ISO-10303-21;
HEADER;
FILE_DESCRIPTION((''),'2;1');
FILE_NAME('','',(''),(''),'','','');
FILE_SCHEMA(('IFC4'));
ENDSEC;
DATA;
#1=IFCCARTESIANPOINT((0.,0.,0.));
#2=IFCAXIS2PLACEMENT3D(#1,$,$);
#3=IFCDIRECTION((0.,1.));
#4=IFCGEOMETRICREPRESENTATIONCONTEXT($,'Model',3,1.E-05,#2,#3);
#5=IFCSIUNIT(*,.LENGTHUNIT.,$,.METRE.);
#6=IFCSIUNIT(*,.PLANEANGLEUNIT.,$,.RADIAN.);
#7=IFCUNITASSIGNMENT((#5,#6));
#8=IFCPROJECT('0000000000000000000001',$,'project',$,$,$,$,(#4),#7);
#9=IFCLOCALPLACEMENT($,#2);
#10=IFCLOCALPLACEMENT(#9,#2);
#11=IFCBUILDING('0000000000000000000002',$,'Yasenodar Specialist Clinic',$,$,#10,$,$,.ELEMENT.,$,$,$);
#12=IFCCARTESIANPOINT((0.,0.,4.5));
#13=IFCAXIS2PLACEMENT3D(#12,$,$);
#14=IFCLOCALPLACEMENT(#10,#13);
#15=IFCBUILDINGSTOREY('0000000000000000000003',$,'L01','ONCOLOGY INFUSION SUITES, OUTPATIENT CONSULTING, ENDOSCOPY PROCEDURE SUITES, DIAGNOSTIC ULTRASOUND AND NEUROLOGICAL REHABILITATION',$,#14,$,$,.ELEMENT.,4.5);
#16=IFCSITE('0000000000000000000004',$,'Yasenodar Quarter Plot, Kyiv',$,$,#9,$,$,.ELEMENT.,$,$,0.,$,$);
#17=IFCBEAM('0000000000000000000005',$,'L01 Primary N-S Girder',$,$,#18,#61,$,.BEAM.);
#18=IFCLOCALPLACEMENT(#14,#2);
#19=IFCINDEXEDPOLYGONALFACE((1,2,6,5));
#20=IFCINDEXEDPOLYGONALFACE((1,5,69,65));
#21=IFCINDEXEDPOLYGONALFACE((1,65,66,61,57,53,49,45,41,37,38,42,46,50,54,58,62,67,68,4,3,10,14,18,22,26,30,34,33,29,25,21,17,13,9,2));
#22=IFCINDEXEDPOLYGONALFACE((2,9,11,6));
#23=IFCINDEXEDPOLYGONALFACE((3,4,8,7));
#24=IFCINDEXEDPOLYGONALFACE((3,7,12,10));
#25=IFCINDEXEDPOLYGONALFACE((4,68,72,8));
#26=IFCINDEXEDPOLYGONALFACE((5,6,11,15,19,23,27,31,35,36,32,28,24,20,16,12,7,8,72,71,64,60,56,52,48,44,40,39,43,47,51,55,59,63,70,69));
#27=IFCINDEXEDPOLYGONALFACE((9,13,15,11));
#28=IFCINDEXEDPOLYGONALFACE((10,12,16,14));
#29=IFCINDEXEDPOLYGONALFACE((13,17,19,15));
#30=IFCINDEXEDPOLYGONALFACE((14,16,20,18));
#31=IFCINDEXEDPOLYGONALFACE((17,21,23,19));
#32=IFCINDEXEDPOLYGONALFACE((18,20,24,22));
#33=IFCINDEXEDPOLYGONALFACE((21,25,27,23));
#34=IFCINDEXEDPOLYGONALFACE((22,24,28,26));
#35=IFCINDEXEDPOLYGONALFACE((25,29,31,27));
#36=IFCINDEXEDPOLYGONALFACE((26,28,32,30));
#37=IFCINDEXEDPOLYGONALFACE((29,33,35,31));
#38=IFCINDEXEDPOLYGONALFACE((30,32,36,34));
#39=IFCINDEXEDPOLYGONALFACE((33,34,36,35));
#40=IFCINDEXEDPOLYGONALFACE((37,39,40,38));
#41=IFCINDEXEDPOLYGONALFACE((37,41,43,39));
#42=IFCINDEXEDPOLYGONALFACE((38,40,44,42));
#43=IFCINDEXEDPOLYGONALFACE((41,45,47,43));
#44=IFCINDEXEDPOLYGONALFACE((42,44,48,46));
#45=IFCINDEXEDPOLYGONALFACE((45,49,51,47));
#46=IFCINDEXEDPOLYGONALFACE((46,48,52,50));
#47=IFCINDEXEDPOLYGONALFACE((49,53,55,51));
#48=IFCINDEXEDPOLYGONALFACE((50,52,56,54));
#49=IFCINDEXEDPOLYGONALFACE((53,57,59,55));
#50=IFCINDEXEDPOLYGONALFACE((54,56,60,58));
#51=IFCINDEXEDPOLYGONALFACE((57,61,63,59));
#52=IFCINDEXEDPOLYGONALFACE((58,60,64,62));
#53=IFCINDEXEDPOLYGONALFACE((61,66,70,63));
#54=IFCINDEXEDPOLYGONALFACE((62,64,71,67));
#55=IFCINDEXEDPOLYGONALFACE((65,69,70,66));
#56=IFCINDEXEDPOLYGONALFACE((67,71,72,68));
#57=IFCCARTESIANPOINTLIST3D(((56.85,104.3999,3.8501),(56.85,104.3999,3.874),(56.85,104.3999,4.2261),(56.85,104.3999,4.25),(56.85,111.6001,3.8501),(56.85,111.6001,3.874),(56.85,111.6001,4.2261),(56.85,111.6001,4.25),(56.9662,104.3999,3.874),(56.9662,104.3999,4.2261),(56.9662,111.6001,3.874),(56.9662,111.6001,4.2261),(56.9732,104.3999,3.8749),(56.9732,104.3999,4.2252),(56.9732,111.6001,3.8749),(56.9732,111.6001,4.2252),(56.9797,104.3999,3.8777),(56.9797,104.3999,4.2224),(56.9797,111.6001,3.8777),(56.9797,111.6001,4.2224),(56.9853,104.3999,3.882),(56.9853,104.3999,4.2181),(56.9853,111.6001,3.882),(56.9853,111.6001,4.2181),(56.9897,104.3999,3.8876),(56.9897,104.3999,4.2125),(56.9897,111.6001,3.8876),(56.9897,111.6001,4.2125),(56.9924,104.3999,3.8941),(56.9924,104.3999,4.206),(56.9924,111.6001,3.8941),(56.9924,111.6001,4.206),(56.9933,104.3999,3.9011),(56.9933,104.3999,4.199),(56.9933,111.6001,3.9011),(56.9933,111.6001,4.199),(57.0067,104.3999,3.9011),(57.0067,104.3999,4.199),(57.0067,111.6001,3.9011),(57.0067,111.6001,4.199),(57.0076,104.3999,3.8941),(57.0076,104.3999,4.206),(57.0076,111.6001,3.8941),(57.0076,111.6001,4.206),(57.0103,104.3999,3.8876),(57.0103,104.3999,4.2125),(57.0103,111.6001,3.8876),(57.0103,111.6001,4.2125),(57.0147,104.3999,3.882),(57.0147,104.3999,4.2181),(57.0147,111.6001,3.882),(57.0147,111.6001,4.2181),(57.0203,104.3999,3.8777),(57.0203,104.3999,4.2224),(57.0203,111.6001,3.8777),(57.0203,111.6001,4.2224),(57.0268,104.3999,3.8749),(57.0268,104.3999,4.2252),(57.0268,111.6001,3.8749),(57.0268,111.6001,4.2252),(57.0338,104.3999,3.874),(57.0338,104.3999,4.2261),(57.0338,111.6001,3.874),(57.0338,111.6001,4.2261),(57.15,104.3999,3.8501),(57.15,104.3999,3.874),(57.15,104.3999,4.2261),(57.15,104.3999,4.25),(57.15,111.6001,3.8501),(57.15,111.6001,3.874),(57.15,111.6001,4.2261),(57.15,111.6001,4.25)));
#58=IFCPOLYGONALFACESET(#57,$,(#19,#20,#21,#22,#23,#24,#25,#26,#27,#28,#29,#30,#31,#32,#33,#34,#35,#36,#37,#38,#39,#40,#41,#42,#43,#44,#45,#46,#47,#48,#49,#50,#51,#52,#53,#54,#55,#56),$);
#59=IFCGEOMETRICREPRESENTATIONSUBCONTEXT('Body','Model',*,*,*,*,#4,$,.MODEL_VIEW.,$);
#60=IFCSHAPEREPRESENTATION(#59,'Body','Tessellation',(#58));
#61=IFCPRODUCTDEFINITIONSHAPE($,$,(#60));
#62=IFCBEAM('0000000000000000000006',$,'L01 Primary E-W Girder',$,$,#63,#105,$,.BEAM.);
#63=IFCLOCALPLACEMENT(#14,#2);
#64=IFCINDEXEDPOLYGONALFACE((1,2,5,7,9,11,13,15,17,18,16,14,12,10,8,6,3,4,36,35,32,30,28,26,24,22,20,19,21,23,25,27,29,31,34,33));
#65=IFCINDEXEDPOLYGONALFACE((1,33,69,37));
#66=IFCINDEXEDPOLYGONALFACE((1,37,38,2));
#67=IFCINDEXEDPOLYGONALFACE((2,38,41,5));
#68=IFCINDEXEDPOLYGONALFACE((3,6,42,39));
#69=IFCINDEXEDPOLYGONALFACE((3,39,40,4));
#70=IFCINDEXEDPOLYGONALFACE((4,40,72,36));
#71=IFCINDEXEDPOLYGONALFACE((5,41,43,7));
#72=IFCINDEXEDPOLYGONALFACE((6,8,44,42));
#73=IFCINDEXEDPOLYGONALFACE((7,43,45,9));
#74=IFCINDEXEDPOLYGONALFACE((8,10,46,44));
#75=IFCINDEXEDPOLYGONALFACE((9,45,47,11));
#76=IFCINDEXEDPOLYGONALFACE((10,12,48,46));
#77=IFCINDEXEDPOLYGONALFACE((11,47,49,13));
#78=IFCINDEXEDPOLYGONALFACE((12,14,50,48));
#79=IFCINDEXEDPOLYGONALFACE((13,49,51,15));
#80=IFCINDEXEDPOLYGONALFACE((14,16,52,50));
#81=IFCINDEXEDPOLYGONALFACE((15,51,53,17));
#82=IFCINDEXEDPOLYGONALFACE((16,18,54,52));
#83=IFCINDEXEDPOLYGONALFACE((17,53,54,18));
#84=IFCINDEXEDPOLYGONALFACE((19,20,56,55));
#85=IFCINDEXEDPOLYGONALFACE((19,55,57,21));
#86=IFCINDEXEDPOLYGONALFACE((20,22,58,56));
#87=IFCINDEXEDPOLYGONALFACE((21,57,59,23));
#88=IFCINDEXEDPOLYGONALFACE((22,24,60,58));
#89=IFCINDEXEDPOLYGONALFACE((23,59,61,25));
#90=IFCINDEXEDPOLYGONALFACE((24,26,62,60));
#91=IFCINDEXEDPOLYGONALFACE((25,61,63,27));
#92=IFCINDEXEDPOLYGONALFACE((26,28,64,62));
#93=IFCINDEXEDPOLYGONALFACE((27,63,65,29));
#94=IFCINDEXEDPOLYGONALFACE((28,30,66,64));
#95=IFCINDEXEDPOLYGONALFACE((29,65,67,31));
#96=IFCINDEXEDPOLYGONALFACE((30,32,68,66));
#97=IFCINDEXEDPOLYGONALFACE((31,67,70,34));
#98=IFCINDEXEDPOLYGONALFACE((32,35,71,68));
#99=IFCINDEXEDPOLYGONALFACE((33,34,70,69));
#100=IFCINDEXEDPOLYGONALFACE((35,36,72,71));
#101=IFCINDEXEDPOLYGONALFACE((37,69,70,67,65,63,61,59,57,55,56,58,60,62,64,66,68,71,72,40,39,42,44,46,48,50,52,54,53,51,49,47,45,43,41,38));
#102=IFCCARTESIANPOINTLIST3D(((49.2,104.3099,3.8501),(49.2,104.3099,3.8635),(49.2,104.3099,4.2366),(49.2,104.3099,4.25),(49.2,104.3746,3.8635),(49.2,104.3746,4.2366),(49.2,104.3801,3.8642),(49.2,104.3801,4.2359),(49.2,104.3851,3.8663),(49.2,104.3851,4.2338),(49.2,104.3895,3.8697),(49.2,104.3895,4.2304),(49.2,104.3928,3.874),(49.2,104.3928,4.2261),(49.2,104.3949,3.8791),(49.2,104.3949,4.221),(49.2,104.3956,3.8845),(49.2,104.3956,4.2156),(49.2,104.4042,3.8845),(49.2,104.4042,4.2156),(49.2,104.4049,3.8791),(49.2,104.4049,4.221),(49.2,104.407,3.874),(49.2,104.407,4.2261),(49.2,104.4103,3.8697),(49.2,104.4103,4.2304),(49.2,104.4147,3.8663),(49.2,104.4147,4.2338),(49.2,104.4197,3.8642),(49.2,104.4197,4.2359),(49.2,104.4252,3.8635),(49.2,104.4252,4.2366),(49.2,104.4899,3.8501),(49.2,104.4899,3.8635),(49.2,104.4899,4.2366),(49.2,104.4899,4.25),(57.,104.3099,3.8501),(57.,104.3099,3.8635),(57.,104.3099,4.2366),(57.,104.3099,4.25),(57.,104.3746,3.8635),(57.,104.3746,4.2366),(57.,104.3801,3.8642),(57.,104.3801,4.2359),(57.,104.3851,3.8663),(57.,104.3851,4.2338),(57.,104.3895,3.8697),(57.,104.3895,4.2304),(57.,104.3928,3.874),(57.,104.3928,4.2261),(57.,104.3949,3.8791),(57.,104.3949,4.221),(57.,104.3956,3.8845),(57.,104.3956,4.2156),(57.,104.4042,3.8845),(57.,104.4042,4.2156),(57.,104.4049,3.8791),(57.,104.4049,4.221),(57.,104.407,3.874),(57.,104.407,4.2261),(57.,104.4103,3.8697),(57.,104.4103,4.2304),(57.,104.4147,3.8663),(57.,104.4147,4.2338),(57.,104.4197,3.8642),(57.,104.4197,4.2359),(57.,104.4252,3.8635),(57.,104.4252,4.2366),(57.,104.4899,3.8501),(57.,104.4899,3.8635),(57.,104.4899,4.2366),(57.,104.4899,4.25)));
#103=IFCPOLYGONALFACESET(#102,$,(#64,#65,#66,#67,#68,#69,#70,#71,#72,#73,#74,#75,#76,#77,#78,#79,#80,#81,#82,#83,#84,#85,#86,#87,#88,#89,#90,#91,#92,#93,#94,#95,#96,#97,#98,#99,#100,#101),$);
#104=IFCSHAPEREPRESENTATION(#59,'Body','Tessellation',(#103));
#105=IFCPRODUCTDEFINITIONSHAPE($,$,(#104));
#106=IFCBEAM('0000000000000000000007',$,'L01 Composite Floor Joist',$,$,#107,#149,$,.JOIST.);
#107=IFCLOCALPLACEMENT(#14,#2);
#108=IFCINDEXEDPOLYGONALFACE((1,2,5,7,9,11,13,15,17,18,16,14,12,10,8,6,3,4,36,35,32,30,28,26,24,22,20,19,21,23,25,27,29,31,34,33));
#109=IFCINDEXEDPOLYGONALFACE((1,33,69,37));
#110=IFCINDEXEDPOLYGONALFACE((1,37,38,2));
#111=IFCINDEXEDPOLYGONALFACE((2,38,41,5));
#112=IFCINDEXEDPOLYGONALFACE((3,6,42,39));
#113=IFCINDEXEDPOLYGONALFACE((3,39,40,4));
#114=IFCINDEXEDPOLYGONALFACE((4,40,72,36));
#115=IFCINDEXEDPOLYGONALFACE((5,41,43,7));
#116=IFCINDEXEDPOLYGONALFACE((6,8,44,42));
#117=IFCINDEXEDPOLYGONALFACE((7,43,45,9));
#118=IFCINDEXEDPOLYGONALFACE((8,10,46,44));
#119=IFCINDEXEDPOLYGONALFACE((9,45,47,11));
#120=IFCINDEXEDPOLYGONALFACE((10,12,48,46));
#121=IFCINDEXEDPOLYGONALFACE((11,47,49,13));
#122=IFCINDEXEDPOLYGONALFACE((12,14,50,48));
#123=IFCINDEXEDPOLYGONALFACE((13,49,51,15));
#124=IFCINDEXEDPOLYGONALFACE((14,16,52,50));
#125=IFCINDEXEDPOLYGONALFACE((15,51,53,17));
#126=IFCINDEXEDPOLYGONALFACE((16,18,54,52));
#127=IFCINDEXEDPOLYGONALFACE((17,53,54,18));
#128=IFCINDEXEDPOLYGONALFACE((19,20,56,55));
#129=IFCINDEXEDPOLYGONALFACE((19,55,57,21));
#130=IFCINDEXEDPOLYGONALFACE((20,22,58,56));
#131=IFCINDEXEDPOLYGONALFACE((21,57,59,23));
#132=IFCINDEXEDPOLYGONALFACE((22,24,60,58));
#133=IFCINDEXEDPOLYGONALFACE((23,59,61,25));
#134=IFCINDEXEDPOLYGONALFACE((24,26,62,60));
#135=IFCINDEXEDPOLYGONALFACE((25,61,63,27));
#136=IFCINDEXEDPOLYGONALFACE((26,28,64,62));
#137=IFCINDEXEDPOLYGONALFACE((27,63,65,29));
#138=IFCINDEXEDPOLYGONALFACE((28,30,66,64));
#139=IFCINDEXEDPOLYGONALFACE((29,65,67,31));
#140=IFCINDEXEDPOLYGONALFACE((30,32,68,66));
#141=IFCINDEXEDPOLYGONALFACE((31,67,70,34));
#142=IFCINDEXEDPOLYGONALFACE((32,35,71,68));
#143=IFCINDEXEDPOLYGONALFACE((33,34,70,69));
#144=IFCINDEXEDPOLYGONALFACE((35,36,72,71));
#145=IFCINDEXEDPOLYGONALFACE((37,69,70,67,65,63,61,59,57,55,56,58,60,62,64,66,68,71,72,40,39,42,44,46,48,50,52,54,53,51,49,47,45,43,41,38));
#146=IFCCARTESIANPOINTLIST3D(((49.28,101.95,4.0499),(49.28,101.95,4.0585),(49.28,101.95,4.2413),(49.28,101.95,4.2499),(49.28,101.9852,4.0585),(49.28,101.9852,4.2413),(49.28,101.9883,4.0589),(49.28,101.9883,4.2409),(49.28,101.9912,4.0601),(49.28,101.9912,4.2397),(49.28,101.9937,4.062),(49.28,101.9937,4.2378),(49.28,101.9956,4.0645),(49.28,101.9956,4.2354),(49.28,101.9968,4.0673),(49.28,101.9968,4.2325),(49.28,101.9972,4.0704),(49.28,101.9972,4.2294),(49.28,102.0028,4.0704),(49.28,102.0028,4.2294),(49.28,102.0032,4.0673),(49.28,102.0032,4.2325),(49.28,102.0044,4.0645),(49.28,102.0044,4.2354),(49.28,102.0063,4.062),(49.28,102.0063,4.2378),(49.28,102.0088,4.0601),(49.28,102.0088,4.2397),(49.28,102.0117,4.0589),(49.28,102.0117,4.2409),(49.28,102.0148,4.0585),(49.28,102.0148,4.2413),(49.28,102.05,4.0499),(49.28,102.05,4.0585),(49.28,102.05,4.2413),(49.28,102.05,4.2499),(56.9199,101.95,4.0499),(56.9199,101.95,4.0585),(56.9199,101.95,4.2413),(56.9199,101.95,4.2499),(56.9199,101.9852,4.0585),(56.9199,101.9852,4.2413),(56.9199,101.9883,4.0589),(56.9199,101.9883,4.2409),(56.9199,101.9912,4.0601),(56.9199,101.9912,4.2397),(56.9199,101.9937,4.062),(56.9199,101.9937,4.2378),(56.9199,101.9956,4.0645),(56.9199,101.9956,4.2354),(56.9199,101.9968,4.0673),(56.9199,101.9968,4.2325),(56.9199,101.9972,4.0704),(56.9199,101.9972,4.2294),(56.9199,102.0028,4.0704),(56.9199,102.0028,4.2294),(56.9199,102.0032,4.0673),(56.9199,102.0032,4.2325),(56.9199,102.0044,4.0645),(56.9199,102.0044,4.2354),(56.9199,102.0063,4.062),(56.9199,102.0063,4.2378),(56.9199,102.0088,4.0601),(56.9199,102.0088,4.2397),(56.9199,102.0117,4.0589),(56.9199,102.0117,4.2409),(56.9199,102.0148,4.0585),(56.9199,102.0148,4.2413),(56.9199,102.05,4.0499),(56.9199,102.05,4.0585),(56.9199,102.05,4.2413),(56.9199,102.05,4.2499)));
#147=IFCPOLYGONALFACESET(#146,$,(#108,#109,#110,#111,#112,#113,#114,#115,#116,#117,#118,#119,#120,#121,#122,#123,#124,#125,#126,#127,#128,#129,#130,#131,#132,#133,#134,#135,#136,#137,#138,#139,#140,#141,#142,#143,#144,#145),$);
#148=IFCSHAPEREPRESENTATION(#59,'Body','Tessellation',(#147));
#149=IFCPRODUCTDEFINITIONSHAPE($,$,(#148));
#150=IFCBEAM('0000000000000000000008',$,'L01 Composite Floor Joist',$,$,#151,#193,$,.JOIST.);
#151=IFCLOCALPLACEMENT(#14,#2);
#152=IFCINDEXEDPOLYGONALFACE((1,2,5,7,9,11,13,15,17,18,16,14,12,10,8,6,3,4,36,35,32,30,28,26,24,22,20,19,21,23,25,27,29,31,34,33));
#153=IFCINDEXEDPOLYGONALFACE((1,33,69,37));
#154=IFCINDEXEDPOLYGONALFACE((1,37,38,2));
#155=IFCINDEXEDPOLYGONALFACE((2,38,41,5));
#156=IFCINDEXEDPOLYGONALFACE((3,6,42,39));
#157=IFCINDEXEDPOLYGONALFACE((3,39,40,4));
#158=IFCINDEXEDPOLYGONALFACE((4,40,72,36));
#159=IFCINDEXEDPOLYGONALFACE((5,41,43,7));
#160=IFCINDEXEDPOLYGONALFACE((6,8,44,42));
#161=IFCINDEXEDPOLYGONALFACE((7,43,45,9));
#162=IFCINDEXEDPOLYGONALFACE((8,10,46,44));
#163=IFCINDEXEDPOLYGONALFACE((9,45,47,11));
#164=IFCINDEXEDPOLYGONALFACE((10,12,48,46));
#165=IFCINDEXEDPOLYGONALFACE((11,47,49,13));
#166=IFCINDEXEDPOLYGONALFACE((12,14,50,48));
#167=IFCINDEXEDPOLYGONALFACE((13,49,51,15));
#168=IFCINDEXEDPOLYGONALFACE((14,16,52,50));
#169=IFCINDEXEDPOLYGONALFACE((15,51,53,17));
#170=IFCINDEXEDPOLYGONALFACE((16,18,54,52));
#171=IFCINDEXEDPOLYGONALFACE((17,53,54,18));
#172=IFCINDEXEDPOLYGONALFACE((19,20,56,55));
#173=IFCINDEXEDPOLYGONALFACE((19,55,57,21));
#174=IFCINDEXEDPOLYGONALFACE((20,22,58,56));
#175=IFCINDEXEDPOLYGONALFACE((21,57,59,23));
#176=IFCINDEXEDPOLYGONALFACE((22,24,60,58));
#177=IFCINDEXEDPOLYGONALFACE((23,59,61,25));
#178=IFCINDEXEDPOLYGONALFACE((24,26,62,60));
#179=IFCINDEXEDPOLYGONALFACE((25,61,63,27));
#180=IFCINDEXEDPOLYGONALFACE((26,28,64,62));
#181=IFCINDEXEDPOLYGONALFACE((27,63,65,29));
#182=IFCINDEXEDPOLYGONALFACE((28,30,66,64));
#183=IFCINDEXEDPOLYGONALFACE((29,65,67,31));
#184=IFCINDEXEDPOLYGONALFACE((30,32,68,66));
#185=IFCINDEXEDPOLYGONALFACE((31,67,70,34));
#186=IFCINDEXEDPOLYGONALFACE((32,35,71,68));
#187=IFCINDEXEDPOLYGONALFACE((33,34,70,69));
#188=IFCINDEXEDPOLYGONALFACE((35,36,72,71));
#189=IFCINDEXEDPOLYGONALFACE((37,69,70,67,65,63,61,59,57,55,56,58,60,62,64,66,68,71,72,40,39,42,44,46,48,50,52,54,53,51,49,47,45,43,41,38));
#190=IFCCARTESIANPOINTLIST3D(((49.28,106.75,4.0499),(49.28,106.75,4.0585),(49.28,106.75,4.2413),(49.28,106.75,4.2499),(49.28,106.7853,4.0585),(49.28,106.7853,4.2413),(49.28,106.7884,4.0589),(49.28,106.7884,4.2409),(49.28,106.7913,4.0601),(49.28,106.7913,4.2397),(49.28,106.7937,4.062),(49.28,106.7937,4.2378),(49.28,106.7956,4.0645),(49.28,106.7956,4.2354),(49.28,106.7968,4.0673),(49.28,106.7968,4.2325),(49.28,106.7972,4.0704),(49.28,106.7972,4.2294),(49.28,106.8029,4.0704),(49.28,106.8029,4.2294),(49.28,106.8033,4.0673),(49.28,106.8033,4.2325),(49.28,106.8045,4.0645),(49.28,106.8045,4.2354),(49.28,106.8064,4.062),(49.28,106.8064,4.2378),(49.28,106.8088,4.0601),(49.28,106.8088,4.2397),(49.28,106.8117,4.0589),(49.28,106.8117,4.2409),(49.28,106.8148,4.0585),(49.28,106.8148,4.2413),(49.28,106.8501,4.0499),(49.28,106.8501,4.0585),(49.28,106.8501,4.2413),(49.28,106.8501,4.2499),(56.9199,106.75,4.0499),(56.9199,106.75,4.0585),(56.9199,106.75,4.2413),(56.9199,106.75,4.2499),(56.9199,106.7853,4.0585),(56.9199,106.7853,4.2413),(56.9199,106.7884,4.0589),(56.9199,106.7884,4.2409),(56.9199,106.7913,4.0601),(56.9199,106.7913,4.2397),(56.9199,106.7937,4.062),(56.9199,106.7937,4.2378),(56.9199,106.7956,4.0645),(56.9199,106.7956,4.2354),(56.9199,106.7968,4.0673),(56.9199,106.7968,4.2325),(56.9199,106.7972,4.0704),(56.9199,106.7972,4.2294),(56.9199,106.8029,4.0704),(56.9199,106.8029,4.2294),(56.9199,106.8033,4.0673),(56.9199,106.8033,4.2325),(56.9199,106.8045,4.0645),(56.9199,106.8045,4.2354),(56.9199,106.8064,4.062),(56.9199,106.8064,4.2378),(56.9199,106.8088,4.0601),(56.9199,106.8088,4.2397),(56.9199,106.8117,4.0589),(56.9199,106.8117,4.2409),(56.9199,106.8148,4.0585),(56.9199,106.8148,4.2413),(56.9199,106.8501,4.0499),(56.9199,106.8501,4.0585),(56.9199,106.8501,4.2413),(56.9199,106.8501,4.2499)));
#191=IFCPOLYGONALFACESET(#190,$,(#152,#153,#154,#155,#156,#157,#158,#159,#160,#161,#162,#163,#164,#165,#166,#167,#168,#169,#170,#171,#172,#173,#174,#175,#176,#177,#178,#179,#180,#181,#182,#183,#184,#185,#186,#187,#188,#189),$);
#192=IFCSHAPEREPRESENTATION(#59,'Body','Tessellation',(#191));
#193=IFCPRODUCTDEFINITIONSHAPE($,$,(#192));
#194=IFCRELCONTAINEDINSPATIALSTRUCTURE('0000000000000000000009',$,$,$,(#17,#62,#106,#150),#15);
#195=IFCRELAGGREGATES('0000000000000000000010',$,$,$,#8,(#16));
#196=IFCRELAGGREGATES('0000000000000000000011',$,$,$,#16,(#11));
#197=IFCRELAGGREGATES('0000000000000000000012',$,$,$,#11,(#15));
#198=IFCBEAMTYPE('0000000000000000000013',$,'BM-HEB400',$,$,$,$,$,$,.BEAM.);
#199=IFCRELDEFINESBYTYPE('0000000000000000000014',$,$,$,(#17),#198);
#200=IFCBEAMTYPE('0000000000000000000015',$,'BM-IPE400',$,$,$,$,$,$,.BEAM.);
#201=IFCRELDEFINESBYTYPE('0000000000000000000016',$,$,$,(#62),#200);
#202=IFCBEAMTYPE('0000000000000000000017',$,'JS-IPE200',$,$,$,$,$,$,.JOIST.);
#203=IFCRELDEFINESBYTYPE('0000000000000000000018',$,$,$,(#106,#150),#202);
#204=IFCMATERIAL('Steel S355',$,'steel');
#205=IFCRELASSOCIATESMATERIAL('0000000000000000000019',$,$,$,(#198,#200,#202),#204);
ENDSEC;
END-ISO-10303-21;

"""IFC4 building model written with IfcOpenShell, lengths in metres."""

from ifc_helpers import new_model, si_unit, direction, frame, origin, origin_2d, place, context, subcontext, project, spatial, i_section, extrude, material, material_profile, profile_set, type_object, element, save


model = new_model("IFC4")

# Units and contexts
model_context = context("Model", 3, precision=1e-05, world=origin(), true_north=direction((0.0, 1.0)))
body_context = subcontext(model_context, "Body", "Model", "MODEL_VIEW")
ifc_project = project(units=[si_unit("LENGTHUNIT", "METRE"), si_unit("PLANEANGLEUNIT", "RADIAN")], contexts=[model_context])

# Site, building, storey
site_placement = place(None, origin())
site = spatial("IfcSite", under=ifc_project, at=site_placement, Name="Yasenodar Quarter Plot, Kyiv", CompositionType="ELEMENT", RefElevation=0.0)
building_placement = place(site_placement, origin())
building = spatial("IfcBuilding", under=site, at=building_placement, Name="Yasenodar Specialist Clinic", CompositionType="ELEMENT")
storey_placement = place(building_placement, frame((0.0, 0.0, 4.5)))
storey = spatial("IfcBuildingStorey", under=building, at=storey_placement, Name="L01", Description="ONCOLOGY INFUSION SUITES, OUTPATIENT CONSULTING, ENDOSCOPY PROCEDURE SUITES, DIAGNOSTIC ULTRASOUND AND NEUROLOGICAL REHABILITATION", CompositionType="ELEMENT", Elevation=4.5)

# Shared definitions
ifc_material_1 = material(Name="Steel S355", Category="steel")

# Beams
ifc_material_profile_1 = material_profile(ifc_material_1, i_section(OverallWidth=0.3, OverallDepth=0.3999, WebThickness=0.0134, FlangeThickness=0.0239, FilletRadius=0.0271, at=origin_2d()), Name="HEB 400")
ifc_profile_set_1 = profile_set([ifc_material_profile_1], Name="Steel S355")
beam_type_1 = type_object("IfcBeamType", Name="BM-HEB400", PredefinedType="BEAM", material=ifc_profile_set_1)
beam_1_placement = place(storey_placement, frame((57.0, 104.3999, 4.05), z_axis=(0.0, 1.0, 0.0), x_axis=(-1.0, 0.0, 0.0)))
element("IfcBeam", 1, at=beam_1_placement, inside=storey, type_object=beam_type_1, Name="L01 Primary N-S Girder", PredefinedType="BEAM", context=body_context, shape_type="SweptSolid", body=[
    extrude(i_section(OverallWidth=0.3, OverallDepth=0.3999, WebThickness=0.0134, FlangeThickness=0.0239, FilletRadius=0.0271, at=origin_2d()), origin(), (0.0, 0.0, 1.0), 7.2002),
])
ifc_material_profile_2 = material_profile(ifc_material_1, i_section(OverallWidth=0.1799, OverallDepth=0.3999, WebThickness=0.0085, FlangeThickness=0.0134, FilletRadius=0.021, at=origin_2d()), Name="IPE 400")
ifc_profile_set_2 = profile_set([ifc_material_profile_2], Name="Steel S355")
beam_type_2 = type_object("IfcBeamType", Name="BM-IPE400", PredefinedType="BEAM", material=ifc_profile_set_2)
beam_2_placement = place(storey_placement, frame((49.2, 104.3999, 4.05), z_axis=(1.0, 0.0, 0.0), x_axis=(0.0, 1.0, 0.0)))
element("IfcBeam", 2, at=beam_2_placement, inside=storey, type_object=beam_type_2, Name="L01 Primary E-W Girder", PredefinedType="BEAM", context=body_context, shape_type="SweptSolid", body=[
    extrude(i_section(OverallWidth=0.1799, OverallDepth=0.3999, WebThickness=0.0085, FlangeThickness=0.0134, FilletRadius=0.021, at=origin_2d()), origin(), (0.0, 0.0, 1.0), 7.8),
])
ifc_material_profile_3 = material_profile(ifc_material_1, i_section(OverallWidth=0.1001, OverallDepth=0.2, WebThickness=0.0056, FlangeThickness=0.0085, FilletRadius=0.012, at=origin_2d()), Name="IPE 200")
ifc_profile_set_3 = profile_set([ifc_material_profile_3], Name="Steel S355")
beam_type_3 = type_object("IfcBeamType", Name="JS-IPE200", PredefinedType="JOIST", material=ifc_profile_set_3)
for number, where, z_axis, x_axis, name in (
    (3, (49.28, 102.0, 4.1499), (1.0, 0.0, 0.0), (0.0, 1.0, 0.0), "L01 Composite Floor Joist"),
    (4, (49.28, 106.8, 4.1499), (1.0, 0.0, 0.0), (0.0, 1.0, 0.0), "L01 Composite Floor Joist"),
):
    element("IfcBeam", number, at=place(storey_placement, frame(where, z_axis=z_axis, x_axis=x_axis)), inside=storey, type_object=beam_type_3, Name=name, PredefinedType="JOIST", context=body_context, shape_type="SweptSolid", body=[
        extrude(i_section(OverallWidth=0.1001, OverallDepth=0.2, WebThickness=0.0056, FlangeThickness=0.0085, FilletRadius=0.012, at=origin_2d()), origin(), (0.0, 0.0, 1.0), 7.6399),
    ])

save(model, "model.ifc")
